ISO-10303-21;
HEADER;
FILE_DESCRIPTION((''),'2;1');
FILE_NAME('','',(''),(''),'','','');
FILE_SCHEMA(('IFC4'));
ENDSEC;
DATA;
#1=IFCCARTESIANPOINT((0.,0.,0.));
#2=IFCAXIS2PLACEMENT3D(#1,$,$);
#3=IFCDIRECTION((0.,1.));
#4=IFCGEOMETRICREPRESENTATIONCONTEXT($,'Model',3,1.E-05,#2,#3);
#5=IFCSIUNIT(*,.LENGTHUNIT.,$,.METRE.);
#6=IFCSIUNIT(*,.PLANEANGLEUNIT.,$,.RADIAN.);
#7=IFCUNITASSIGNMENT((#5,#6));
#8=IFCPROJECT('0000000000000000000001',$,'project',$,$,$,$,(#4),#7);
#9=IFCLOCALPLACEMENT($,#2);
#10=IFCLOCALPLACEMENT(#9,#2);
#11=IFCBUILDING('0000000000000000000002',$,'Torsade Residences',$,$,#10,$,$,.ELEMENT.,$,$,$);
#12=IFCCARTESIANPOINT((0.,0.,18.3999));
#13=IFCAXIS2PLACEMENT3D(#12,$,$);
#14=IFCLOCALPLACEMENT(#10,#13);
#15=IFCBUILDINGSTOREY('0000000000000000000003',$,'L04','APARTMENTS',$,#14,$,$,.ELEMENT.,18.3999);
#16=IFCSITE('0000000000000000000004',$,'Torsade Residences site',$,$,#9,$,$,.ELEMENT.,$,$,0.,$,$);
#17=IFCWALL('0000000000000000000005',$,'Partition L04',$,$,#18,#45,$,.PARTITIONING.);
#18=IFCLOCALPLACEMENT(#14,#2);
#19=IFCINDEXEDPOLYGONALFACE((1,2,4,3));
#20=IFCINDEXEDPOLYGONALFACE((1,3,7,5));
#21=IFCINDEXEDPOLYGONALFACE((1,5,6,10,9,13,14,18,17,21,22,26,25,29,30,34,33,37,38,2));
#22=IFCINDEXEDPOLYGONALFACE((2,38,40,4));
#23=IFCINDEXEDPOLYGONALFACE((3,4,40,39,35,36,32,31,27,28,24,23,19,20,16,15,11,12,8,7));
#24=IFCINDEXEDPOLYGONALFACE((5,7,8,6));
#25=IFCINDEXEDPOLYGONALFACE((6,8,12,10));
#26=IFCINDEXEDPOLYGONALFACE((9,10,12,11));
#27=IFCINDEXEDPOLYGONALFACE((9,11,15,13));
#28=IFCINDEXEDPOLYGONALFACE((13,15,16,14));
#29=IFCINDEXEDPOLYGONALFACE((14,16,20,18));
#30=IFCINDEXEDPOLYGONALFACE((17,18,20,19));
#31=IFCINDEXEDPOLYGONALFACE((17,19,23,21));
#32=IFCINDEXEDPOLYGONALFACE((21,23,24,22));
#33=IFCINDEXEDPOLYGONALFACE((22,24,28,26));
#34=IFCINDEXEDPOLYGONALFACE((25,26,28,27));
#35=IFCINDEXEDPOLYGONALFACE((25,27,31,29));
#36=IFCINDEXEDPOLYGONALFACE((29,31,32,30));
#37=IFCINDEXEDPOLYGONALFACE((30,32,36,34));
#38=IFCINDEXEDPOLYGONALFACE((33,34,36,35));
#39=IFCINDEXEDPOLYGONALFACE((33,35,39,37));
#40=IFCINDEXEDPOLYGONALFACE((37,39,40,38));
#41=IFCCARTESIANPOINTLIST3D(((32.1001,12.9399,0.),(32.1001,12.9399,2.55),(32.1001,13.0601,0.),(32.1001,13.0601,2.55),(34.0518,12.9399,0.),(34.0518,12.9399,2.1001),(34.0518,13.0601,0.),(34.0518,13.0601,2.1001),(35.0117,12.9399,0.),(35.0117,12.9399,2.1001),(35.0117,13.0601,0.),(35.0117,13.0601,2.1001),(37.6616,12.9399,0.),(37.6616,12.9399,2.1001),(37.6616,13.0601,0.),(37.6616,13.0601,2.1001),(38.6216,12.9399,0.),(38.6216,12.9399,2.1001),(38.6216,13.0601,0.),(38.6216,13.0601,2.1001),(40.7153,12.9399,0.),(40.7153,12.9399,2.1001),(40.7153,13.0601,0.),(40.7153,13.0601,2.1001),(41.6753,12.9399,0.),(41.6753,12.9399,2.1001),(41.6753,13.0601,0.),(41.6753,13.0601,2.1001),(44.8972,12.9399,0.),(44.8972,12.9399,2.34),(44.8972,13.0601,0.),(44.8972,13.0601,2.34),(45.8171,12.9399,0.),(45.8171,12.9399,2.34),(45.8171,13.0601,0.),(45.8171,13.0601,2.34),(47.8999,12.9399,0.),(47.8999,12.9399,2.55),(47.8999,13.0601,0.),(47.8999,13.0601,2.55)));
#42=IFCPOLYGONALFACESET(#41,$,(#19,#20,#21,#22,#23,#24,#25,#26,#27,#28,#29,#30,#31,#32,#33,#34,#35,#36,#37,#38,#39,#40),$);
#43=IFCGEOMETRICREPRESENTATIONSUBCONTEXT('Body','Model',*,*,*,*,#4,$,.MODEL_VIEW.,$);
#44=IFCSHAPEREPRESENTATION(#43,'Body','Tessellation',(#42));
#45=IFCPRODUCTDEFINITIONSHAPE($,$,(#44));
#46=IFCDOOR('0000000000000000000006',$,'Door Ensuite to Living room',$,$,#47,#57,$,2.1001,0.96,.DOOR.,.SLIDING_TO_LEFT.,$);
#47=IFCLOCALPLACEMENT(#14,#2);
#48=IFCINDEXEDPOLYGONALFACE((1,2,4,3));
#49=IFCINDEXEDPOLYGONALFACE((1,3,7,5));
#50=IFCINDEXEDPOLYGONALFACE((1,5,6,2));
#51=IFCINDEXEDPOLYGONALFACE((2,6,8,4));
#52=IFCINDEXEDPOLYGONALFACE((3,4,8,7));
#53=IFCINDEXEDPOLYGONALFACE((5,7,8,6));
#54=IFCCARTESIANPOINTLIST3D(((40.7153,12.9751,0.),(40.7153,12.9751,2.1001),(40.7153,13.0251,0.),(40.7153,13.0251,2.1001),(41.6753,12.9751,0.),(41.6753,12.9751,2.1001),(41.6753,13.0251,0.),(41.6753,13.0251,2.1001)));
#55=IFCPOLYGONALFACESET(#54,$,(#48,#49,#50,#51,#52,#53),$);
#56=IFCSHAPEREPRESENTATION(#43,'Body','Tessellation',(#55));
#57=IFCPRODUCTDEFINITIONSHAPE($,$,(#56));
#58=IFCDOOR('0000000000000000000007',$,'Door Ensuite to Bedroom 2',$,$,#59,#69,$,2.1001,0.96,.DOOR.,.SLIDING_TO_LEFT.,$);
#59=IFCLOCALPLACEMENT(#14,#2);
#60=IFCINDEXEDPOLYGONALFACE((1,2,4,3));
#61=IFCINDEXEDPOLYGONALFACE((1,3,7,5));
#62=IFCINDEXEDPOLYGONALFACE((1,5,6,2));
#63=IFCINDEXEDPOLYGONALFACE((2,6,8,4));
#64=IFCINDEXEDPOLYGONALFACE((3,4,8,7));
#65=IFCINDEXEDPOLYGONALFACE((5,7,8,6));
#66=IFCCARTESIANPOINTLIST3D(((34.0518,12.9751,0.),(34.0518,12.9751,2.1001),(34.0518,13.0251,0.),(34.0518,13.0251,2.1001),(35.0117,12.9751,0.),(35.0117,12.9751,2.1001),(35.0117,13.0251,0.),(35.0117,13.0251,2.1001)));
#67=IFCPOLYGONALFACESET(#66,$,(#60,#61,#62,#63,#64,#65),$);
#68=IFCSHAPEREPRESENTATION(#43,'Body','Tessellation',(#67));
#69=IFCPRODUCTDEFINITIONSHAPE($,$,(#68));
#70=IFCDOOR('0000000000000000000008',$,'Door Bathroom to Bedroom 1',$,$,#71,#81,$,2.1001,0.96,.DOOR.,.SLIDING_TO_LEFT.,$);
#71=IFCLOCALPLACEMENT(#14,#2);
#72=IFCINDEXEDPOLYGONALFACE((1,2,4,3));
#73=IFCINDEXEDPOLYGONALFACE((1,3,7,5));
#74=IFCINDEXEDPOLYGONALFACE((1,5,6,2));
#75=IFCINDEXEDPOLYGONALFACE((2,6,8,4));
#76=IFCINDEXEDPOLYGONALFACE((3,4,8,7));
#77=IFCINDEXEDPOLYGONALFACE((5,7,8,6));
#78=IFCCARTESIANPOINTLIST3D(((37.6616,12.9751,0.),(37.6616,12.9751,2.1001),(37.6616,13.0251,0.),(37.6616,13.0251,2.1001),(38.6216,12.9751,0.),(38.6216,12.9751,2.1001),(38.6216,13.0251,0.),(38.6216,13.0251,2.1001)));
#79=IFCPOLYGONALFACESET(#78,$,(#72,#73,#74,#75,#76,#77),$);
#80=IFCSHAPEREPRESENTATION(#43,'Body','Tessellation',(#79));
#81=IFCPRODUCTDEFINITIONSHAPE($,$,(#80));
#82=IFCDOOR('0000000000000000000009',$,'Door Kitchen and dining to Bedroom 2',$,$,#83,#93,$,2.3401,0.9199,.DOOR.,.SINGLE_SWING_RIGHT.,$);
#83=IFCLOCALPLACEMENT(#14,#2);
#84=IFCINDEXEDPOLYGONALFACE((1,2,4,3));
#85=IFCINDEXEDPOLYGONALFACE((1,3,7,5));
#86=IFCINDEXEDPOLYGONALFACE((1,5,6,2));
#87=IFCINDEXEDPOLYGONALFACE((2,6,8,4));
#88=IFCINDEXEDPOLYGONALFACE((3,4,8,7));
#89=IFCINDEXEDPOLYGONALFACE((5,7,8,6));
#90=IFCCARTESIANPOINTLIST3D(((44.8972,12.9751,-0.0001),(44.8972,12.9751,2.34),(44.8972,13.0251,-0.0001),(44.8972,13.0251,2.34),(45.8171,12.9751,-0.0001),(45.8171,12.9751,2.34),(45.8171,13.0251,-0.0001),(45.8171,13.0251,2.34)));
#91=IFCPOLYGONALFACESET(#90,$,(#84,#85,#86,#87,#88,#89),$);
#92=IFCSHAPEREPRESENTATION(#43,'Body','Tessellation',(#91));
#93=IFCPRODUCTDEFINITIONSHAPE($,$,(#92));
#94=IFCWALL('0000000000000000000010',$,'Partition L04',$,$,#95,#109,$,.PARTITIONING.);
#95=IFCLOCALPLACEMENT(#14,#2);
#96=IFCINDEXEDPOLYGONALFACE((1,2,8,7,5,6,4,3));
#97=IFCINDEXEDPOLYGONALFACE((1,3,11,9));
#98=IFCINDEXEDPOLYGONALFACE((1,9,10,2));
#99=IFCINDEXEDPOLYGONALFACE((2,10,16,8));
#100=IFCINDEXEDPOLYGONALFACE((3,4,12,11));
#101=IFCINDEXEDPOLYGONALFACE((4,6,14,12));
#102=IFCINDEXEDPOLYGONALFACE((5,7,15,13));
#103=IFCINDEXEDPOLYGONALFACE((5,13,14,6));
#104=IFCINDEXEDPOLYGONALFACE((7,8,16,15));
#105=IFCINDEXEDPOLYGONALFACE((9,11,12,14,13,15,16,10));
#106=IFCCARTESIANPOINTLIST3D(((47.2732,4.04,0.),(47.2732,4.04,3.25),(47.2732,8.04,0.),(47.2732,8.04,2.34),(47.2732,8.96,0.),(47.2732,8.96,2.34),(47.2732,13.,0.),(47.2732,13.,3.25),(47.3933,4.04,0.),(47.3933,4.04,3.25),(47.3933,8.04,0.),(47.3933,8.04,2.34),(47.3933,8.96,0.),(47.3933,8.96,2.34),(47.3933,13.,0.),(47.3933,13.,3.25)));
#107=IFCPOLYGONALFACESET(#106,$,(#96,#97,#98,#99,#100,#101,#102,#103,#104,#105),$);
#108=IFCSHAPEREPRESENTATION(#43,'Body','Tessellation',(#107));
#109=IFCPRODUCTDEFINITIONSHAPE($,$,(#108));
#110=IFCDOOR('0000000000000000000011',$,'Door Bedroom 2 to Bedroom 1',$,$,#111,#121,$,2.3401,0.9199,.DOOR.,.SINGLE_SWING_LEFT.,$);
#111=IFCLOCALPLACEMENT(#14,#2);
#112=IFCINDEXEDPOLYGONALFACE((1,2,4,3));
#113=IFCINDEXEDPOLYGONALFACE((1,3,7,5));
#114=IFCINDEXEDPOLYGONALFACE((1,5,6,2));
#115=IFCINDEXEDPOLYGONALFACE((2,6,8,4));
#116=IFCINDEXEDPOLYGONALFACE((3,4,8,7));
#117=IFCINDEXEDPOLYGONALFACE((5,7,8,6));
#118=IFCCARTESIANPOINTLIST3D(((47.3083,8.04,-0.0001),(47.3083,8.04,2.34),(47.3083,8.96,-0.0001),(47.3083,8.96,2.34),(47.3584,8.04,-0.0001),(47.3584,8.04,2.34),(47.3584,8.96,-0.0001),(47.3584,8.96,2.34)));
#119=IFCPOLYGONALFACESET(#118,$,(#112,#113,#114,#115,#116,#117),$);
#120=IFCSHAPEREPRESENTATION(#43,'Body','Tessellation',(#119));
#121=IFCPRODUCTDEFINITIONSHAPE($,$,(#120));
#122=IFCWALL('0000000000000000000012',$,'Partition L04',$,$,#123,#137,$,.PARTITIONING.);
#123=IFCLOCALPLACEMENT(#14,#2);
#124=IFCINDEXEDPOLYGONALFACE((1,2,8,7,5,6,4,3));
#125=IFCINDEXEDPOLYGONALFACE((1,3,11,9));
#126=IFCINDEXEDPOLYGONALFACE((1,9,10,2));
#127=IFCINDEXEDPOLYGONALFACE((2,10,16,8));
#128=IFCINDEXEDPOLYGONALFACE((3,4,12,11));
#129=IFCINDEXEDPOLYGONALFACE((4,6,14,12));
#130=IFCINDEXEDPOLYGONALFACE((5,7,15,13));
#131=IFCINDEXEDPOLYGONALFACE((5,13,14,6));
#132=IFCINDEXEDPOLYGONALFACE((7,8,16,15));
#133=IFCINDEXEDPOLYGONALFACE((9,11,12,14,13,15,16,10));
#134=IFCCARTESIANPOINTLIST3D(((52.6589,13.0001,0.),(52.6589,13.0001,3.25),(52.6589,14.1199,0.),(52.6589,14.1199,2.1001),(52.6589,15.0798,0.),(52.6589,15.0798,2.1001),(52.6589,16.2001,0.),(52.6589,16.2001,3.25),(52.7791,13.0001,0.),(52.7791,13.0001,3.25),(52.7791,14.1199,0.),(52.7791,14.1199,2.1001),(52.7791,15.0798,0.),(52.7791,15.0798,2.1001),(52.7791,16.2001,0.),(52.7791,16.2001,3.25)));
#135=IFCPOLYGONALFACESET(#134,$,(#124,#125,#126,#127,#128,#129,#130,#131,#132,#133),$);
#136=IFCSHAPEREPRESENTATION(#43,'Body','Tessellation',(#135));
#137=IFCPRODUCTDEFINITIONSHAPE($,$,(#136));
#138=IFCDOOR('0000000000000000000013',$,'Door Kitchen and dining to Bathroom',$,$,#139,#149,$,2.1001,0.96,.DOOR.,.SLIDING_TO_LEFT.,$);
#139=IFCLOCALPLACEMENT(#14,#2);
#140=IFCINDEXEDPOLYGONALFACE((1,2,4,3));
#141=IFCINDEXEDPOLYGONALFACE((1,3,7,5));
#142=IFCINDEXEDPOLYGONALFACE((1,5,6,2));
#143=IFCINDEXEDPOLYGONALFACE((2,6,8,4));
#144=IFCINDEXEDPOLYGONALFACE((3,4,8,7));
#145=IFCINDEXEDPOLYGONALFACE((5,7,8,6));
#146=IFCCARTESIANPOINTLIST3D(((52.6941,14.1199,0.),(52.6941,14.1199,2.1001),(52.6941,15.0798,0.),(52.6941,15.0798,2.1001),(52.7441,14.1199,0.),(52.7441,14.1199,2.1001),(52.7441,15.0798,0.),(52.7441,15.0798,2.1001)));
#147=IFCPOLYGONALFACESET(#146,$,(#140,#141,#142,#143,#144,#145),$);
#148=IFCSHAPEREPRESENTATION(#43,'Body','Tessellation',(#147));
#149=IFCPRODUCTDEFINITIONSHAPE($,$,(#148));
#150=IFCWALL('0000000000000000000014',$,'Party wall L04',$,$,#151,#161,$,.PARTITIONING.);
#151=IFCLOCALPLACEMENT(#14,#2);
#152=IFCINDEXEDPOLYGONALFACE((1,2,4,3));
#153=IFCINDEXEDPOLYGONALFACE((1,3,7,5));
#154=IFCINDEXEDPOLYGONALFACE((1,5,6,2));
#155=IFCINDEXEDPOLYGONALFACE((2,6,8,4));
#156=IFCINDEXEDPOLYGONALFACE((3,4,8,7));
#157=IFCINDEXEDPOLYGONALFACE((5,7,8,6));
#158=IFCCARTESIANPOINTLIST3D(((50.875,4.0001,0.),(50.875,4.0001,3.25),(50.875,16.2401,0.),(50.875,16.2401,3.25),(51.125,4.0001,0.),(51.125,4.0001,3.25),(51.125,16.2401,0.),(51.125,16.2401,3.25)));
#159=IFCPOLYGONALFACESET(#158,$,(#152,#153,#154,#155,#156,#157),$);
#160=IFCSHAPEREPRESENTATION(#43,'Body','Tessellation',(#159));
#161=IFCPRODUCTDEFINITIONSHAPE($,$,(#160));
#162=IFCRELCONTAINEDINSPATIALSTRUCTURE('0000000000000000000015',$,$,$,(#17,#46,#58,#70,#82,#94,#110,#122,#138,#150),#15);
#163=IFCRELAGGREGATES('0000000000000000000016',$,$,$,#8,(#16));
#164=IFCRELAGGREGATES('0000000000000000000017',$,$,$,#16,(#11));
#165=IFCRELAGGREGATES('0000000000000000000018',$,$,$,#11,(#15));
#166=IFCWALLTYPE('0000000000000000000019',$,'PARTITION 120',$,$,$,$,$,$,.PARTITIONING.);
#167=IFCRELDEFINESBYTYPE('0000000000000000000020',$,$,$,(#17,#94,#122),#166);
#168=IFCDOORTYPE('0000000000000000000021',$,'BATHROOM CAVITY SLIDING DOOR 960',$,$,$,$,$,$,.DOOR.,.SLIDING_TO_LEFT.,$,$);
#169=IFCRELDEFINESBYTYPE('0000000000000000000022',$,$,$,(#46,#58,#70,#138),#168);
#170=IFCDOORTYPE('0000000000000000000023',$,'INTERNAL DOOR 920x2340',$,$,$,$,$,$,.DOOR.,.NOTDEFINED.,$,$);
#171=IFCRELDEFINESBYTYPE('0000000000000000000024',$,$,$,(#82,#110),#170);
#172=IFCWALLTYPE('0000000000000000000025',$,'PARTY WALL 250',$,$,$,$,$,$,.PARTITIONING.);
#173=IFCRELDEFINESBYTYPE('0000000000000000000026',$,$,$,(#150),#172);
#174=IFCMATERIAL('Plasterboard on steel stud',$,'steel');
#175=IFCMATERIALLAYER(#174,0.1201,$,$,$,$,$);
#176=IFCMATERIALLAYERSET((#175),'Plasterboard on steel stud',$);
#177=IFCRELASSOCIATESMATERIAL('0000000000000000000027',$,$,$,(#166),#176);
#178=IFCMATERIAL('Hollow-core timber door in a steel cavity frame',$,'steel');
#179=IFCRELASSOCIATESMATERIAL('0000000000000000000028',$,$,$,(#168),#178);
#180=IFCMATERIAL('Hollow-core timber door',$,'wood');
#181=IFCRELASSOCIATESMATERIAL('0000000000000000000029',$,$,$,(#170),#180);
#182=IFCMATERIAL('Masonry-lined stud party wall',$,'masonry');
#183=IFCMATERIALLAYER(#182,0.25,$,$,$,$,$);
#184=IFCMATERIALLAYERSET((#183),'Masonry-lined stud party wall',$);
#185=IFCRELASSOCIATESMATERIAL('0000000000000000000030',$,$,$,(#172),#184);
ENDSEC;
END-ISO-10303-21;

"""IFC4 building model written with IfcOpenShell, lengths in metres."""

from ifc_helpers import new_model, si_unit, direction, frame, frame_2d, origin, place, context, subcontext, project, spatial, rectangle, extrude, material, layer, layer_set, type_object, element, fill, save


model = new_model("IFC4")

# Units and contexts
model_context = context("Model", 3, precision=1e-05, world=origin(), true_north=direction((0.0, 1.0)))
body_context = subcontext(model_context, "Body", "Model", "MODEL_VIEW")
ifc_project = project(units=[si_unit("LENGTHUNIT", "METRE"), si_unit("PLANEANGLEUNIT", "RADIAN")], contexts=[model_context])

# Site, building, storey
site_placement = place(None, origin())
site = spatial("IfcSite", under=ifc_project, at=site_placement, Name="Torsade Residences site", CompositionType="ELEMENT", RefElevation=0.0)
building_placement = place(site_placement, origin())
building = spatial("IfcBuilding", under=site, at=building_placement, Name="Torsade Residences", CompositionType="ELEMENT")
storey_placement = place(building_placement, frame((0.0, 0.0, 18.3999)))
storey = spatial("IfcBuildingStorey", under=building, at=storey_placement, Name="L04", Description="APARTMENTS", CompositionType="ELEMENT", Elevation=18.3999)

# Wall, openings, doors
ifc_material_1 = material(Name="Plasterboard on steel stud", Category="steel")
ifc_layer_1 = layer(ifc_material_1, 0.1201)
ifc_layer_set_1 = layer_set([ifc_layer_1], Name="Plasterboard on steel stud")
wall_type_1 = type_object("IfcWallType", Name="PARTITION 120", PredefinedType="PARTITIONING", material=ifc_layer_set_1)
wall_1_placement = place(storey_placement, frame((47.8999, 13.0, 0.0), z_axis=(0.0, 0.0, 1.0), x_axis=(-1.0, 0.0, 0.0)))
wall_1 = element("IfcWall", 1, at=wall_1_placement, inside=storey, type_object=wall_type_1, Name="Partition L04", PredefinedType="PARTITIONING", context=body_context, shape_type="SweptSolid", body=[
    extrude(rectangle(XDim=15.7998, YDim=0.1201, at=frame_2d((7.8999, 0.0))), origin(), (0.0, 0.0, 1.0), 2.55),
])
opening_1_placement = place(wall_1_placement, frame((2.0828, 0.0, 0.0)))
opening_1 = element("IfcOpeningElement", 2, at=opening_1_placement, cuts=wall_1, PredefinedType="OPENING", context=body_context, shape_type="SweptSolid", body=[
    extrude(rectangle(XDim=0.9199, YDim=2.3401, at=frame_2d((0.46, 1.1699))), frame((0.0, 0.0701, 0.0), z_axis=(0.0, -1.0, 0.0), x_axis=(1.0, 0.0, 0.0)), (0.0, 0.0, 1.0), 0.1401),
])
opening_2_placement = place(wall_1_placement, frame((6.2246, 0.0, 0.0)))
opening_2 = element("IfcOpeningElement", 3, at=opening_2_placement, cuts=wall_1, PredefinedType="OPENING", context=body_context, shape_type="SweptSolid", body=[
    extrude(rectangle(XDim=0.96, YDim=2.1001, at=frame_2d((0.48, 1.05))), frame((0.0, 0.0701, 0.0), z_axis=(0.0, -1.0, 0.0), x_axis=(1.0, 0.0, 0.0)), (0.0, 0.0, 1.0), 0.1401),
])
opening_3_placement = place(wall_1_placement, frame((12.8882, 0.0, 0.0)))
opening_3 = element("IfcOpeningElement", 4, at=opening_3_placement, cuts=wall_1, PredefinedType="OPENING", context=body_context, shape_type="SweptSolid", body=[
    extrude(rectangle(XDim=0.96, YDim=2.1001, at=frame_2d((0.48, 1.05))), frame((0.0, 0.0701, 0.0), z_axis=(0.0, -1.0, 0.0), x_axis=(1.0, 0.0, 0.0)), (0.0, 0.0, 1.0), 0.1401),
])
opening_4_placement = place(wall_1_placement, frame((9.2783, 0.0, 0.0)))
opening_4 = element("IfcOpeningElement", 5, at=opening_4_placement, cuts=wall_1, PredefinedType="OPENING", context=body_context, shape_type="SweptSolid", body=[
    extrude(rectangle(XDim=0.96, YDim=2.1001, at=frame_2d((0.48, 1.05))), frame((0.0, 0.0701, 0.0), z_axis=(0.0, -1.0, 0.0), x_axis=(1.0, 0.0, 0.0)), (0.0, 0.0, 1.0), 0.1401),
])
ifc_material_2 = material(Name="Hollow-core timber door in a steel cavity frame", Category="steel")
door_type_1 = type_object("IfcDoorType", Name="BATHROOM CAVITY SLIDING DOOR 960", OperationType="SLIDING_TO_LEFT", PredefinedType="DOOR", material=ifc_material_2)
door_1_placement = place(opening_2_placement, origin())
door_1 = element("IfcDoor", 6, at=door_1_placement, inside=storey, type_object=door_type_1, Name="Door Ensuite to Living room", OperationType="SLIDING_TO_LEFT", OverallHeight=2.1001, OverallWidth=0.96, PredefinedType="DOOR", context=body_context, shape_type="SweptSolid", body=[
    extrude(rectangle(XDim=0.96, YDim=2.1001, at=frame_2d((0.48, 1.05))), frame((0.0, 0.0249, 0.0), z_axis=(0.0, -1.0, 0.0), x_axis=(1.0, 0.0, 0.0)), (0.0, 0.0, 1.0), 0.05),
])
fill(opening_2, door_1)
door_2_placement = place(opening_3_placement, origin())
door_2 = element("IfcDoor", 7, at=door_2_placement, inside=storey, type_object=door_type_1, Name="Door Ensuite to Bedroom 2", OperationType="SLIDING_TO_LEFT", OverallHeight=2.1001, OverallWidth=0.96, PredefinedType="DOOR", context=body_context, shape_type="SweptSolid", body=[
    extrude(rectangle(XDim=0.96, YDim=2.1001, at=frame_2d((0.48, 1.05))), frame((0.0, 0.0249, 0.0), z_axis=(0.0, -1.0, 0.0), x_axis=(1.0, 0.0, 0.0)), (0.0, 0.0, 1.0), 0.05),
])
fill(opening_3, door_2)
door_3_placement = place(opening_4_placement, origin())
door_3 = element("IfcDoor", 8, at=door_3_placement, inside=storey, type_object=door_type_1, Name="Door Bathroom to Bedroom 1", OperationType="SLIDING_TO_LEFT", OverallHeight=2.1001, OverallWidth=0.96, PredefinedType="DOOR", context=body_context, shape_type="SweptSolid", body=[
    extrude(rectangle(XDim=0.96, YDim=2.1001, at=frame_2d((0.48, 1.05))), frame((0.0, 0.0249, 0.0), z_axis=(0.0, -1.0, 0.0), x_axis=(1.0, 0.0, 0.0)), (0.0, 0.0, 1.0), 0.05),
])
fill(opening_4, door_3)
ifc_material_3 = material(Name="Hollow-core timber door", Category="wood")
door_type_2 = type_object("IfcDoorType", Name="INTERNAL DOOR 920x2340", OperationType="NOTDEFINED", PredefinedType="DOOR", material=ifc_material_3)
door_4_placement = place(opening_1_placement, origin())
door_4 = element("IfcDoor", 9, at=door_4_placement, inside=storey, type_object=door_type_2, Name="Door Kitchen and dining to Bedroom 2", OperationType="SINGLE_SWING_RIGHT", OverallHeight=2.3401, OverallWidth=0.9199, PredefinedType="DOOR", context=body_context, shape_type="SweptSolid", body=[
    extrude(rectangle(XDim=0.9199, YDim=2.3401, at=frame_2d((0.46, 1.1699))), frame((0.0, 0.0249, 0.0), z_axis=(0.0, -1.0, 0.0), x_axis=(1.0, 0.0, 0.0)), (0.0, 0.0, 1.0), 0.05),
])
fill(opening_1, door_4)

# Walls, openings, doors
wall_2_placement = place(storey_placement, frame((47.3333, 4.04, 0.0), z_axis=(0.0, 0.0, 1.0), x_axis=(0.0, 1.0, 0.0)))
wall_2 = element("IfcWall", 10, at=wall_2_placement, inside=storey, type_object=wall_type_1, Name="Partition L04", PredefinedType="PARTITIONING", context=body_context, shape_type="SweptSolid", body=[
    extrude(rectangle(XDim=8.96, YDim=0.1201, at=frame_2d((4.48, 0.0))), origin(), (0.0, 0.0, 1.0), 3.25),
])
opening_5_placement = place(wall_2_placement, frame((4.0, 0.0, 0.0)))
opening_5 = element("IfcOpeningElement", 11, at=opening_5_placement, cuts=wall_2, PredefinedType="OPENING", context=body_context, shape_type="SweptSolid", body=[
    extrude(rectangle(XDim=0.9199, YDim=2.3401, at=frame_2d((0.46, 1.1699))), frame((0.0, 0.0701, 0.0), z_axis=(0.0, -1.0, 0.0), x_axis=(1.0, 0.0, 0.0)), (0.0, 0.0, 1.0), 0.1401),
])
door_5_placement = place(opening_5_placement, origin())
door_5 = element("IfcDoor", 12, at=door_5_placement, inside=storey, type_object=door_type_2, Name="Door Bedroom 2 to Bedroom 1", OperationType="SINGLE_SWING_LEFT", OverallHeight=2.3401, OverallWidth=0.9199, PredefinedType="DOOR", context=body_context, shape_type="SweptSolid", body=[
    extrude(rectangle(XDim=0.9199, YDim=2.3401, at=frame_2d((0.46, 1.1699))), frame((0.0, 0.0249, 0.0), z_axis=(0.0, -1.0, 0.0), x_axis=(1.0, 0.0, 0.0)), (0.0, 0.0, 1.0), 0.05),
])
fill(opening_5, door_5)
wall_3_placement = place(storey_placement, frame((52.719, 13.0, 0.0), z_axis=(0.0, 0.0, 1.0), x_axis=(0.0, 1.0, 0.0)))
wall_3 = element("IfcWall", 13, at=wall_3_placement, inside=storey, type_object=wall_type_1, Name="Partition L04", PredefinedType="PARTITIONING", context=body_context, shape_type="SweptSolid", body=[
    extrude(rectangle(XDim=3.2, YDim=0.1201, at=frame_2d((1.6001, 0.0))), origin(), (0.0, 0.0, 1.0), 3.25),
])
opening_6_placement = place(wall_3_placement, frame((1.1199, 0.0, 0.0)))
opening_6 = element("IfcOpeningElement", 14, at=opening_6_placement, cuts=wall_3, PredefinedType="OPENING", context=body_context, shape_type="SweptSolid", body=[
    extrude(rectangle(XDim=0.96, YDim=2.1001, at=frame_2d((0.48, 1.05))), frame((0.0, 0.0701, 0.0), z_axis=(0.0, -1.0, 0.0), x_axis=(1.0, 0.0, 0.0)), (0.0, 0.0, 1.0), 0.1401),
])
door_6_placement = place(opening_6_placement, origin())
door_6 = element("IfcDoor", 15, at=door_6_placement, inside=storey, type_object=door_type_1, Name="Door Kitchen and dining to Bathroom", OperationType="SLIDING_TO_LEFT", OverallHeight=2.1001, OverallWidth=0.96, PredefinedType="DOOR", context=body_context, shape_type="SweptSolid", body=[
    extrude(rectangle(XDim=0.96, YDim=2.1001, at=frame_2d((0.48, 1.05))), frame((0.0, 0.0249, 0.0), z_axis=(0.0, -1.0, 0.0), x_axis=(1.0, 0.0, 0.0)), (0.0, 0.0, 1.0), 0.05),
])
fill(opening_6, door_6)

# Wall
ifc_material_4 = material(Name="Masonry-lined stud party wall", Category="masonry")
ifc_layer_2 = layer(ifc_material_4, 0.25)
ifc_layer_set_2 = layer_set([ifc_layer_2], Name="Masonry-lined stud party wall")
wall_type_2 = type_object("IfcWallType", Name="PARTY WALL 250", PredefinedType="PARTITIONING", material=ifc_layer_set_2)
wall_4_placement = place(storey_placement, frame((51.0, 4.0, 0.0), z_axis=(0.0, 0.0, 1.0), x_axis=(0.0, 1.0, 0.0)))
element("IfcWall", 16, at=wall_4_placement, inside=storey, type_object=wall_type_2, Name="Party wall L04", PredefinedType="PARTITIONING", context=body_context, shape_type="SweptSolid", body=[
    extrude(rectangle(XDim=12.24, YDim=0.25, at=frame_2d((6.1201, 0.0))), origin(), (0.0, 0.0, 1.0), 3.25),
])

save(model, "model.ifc")
